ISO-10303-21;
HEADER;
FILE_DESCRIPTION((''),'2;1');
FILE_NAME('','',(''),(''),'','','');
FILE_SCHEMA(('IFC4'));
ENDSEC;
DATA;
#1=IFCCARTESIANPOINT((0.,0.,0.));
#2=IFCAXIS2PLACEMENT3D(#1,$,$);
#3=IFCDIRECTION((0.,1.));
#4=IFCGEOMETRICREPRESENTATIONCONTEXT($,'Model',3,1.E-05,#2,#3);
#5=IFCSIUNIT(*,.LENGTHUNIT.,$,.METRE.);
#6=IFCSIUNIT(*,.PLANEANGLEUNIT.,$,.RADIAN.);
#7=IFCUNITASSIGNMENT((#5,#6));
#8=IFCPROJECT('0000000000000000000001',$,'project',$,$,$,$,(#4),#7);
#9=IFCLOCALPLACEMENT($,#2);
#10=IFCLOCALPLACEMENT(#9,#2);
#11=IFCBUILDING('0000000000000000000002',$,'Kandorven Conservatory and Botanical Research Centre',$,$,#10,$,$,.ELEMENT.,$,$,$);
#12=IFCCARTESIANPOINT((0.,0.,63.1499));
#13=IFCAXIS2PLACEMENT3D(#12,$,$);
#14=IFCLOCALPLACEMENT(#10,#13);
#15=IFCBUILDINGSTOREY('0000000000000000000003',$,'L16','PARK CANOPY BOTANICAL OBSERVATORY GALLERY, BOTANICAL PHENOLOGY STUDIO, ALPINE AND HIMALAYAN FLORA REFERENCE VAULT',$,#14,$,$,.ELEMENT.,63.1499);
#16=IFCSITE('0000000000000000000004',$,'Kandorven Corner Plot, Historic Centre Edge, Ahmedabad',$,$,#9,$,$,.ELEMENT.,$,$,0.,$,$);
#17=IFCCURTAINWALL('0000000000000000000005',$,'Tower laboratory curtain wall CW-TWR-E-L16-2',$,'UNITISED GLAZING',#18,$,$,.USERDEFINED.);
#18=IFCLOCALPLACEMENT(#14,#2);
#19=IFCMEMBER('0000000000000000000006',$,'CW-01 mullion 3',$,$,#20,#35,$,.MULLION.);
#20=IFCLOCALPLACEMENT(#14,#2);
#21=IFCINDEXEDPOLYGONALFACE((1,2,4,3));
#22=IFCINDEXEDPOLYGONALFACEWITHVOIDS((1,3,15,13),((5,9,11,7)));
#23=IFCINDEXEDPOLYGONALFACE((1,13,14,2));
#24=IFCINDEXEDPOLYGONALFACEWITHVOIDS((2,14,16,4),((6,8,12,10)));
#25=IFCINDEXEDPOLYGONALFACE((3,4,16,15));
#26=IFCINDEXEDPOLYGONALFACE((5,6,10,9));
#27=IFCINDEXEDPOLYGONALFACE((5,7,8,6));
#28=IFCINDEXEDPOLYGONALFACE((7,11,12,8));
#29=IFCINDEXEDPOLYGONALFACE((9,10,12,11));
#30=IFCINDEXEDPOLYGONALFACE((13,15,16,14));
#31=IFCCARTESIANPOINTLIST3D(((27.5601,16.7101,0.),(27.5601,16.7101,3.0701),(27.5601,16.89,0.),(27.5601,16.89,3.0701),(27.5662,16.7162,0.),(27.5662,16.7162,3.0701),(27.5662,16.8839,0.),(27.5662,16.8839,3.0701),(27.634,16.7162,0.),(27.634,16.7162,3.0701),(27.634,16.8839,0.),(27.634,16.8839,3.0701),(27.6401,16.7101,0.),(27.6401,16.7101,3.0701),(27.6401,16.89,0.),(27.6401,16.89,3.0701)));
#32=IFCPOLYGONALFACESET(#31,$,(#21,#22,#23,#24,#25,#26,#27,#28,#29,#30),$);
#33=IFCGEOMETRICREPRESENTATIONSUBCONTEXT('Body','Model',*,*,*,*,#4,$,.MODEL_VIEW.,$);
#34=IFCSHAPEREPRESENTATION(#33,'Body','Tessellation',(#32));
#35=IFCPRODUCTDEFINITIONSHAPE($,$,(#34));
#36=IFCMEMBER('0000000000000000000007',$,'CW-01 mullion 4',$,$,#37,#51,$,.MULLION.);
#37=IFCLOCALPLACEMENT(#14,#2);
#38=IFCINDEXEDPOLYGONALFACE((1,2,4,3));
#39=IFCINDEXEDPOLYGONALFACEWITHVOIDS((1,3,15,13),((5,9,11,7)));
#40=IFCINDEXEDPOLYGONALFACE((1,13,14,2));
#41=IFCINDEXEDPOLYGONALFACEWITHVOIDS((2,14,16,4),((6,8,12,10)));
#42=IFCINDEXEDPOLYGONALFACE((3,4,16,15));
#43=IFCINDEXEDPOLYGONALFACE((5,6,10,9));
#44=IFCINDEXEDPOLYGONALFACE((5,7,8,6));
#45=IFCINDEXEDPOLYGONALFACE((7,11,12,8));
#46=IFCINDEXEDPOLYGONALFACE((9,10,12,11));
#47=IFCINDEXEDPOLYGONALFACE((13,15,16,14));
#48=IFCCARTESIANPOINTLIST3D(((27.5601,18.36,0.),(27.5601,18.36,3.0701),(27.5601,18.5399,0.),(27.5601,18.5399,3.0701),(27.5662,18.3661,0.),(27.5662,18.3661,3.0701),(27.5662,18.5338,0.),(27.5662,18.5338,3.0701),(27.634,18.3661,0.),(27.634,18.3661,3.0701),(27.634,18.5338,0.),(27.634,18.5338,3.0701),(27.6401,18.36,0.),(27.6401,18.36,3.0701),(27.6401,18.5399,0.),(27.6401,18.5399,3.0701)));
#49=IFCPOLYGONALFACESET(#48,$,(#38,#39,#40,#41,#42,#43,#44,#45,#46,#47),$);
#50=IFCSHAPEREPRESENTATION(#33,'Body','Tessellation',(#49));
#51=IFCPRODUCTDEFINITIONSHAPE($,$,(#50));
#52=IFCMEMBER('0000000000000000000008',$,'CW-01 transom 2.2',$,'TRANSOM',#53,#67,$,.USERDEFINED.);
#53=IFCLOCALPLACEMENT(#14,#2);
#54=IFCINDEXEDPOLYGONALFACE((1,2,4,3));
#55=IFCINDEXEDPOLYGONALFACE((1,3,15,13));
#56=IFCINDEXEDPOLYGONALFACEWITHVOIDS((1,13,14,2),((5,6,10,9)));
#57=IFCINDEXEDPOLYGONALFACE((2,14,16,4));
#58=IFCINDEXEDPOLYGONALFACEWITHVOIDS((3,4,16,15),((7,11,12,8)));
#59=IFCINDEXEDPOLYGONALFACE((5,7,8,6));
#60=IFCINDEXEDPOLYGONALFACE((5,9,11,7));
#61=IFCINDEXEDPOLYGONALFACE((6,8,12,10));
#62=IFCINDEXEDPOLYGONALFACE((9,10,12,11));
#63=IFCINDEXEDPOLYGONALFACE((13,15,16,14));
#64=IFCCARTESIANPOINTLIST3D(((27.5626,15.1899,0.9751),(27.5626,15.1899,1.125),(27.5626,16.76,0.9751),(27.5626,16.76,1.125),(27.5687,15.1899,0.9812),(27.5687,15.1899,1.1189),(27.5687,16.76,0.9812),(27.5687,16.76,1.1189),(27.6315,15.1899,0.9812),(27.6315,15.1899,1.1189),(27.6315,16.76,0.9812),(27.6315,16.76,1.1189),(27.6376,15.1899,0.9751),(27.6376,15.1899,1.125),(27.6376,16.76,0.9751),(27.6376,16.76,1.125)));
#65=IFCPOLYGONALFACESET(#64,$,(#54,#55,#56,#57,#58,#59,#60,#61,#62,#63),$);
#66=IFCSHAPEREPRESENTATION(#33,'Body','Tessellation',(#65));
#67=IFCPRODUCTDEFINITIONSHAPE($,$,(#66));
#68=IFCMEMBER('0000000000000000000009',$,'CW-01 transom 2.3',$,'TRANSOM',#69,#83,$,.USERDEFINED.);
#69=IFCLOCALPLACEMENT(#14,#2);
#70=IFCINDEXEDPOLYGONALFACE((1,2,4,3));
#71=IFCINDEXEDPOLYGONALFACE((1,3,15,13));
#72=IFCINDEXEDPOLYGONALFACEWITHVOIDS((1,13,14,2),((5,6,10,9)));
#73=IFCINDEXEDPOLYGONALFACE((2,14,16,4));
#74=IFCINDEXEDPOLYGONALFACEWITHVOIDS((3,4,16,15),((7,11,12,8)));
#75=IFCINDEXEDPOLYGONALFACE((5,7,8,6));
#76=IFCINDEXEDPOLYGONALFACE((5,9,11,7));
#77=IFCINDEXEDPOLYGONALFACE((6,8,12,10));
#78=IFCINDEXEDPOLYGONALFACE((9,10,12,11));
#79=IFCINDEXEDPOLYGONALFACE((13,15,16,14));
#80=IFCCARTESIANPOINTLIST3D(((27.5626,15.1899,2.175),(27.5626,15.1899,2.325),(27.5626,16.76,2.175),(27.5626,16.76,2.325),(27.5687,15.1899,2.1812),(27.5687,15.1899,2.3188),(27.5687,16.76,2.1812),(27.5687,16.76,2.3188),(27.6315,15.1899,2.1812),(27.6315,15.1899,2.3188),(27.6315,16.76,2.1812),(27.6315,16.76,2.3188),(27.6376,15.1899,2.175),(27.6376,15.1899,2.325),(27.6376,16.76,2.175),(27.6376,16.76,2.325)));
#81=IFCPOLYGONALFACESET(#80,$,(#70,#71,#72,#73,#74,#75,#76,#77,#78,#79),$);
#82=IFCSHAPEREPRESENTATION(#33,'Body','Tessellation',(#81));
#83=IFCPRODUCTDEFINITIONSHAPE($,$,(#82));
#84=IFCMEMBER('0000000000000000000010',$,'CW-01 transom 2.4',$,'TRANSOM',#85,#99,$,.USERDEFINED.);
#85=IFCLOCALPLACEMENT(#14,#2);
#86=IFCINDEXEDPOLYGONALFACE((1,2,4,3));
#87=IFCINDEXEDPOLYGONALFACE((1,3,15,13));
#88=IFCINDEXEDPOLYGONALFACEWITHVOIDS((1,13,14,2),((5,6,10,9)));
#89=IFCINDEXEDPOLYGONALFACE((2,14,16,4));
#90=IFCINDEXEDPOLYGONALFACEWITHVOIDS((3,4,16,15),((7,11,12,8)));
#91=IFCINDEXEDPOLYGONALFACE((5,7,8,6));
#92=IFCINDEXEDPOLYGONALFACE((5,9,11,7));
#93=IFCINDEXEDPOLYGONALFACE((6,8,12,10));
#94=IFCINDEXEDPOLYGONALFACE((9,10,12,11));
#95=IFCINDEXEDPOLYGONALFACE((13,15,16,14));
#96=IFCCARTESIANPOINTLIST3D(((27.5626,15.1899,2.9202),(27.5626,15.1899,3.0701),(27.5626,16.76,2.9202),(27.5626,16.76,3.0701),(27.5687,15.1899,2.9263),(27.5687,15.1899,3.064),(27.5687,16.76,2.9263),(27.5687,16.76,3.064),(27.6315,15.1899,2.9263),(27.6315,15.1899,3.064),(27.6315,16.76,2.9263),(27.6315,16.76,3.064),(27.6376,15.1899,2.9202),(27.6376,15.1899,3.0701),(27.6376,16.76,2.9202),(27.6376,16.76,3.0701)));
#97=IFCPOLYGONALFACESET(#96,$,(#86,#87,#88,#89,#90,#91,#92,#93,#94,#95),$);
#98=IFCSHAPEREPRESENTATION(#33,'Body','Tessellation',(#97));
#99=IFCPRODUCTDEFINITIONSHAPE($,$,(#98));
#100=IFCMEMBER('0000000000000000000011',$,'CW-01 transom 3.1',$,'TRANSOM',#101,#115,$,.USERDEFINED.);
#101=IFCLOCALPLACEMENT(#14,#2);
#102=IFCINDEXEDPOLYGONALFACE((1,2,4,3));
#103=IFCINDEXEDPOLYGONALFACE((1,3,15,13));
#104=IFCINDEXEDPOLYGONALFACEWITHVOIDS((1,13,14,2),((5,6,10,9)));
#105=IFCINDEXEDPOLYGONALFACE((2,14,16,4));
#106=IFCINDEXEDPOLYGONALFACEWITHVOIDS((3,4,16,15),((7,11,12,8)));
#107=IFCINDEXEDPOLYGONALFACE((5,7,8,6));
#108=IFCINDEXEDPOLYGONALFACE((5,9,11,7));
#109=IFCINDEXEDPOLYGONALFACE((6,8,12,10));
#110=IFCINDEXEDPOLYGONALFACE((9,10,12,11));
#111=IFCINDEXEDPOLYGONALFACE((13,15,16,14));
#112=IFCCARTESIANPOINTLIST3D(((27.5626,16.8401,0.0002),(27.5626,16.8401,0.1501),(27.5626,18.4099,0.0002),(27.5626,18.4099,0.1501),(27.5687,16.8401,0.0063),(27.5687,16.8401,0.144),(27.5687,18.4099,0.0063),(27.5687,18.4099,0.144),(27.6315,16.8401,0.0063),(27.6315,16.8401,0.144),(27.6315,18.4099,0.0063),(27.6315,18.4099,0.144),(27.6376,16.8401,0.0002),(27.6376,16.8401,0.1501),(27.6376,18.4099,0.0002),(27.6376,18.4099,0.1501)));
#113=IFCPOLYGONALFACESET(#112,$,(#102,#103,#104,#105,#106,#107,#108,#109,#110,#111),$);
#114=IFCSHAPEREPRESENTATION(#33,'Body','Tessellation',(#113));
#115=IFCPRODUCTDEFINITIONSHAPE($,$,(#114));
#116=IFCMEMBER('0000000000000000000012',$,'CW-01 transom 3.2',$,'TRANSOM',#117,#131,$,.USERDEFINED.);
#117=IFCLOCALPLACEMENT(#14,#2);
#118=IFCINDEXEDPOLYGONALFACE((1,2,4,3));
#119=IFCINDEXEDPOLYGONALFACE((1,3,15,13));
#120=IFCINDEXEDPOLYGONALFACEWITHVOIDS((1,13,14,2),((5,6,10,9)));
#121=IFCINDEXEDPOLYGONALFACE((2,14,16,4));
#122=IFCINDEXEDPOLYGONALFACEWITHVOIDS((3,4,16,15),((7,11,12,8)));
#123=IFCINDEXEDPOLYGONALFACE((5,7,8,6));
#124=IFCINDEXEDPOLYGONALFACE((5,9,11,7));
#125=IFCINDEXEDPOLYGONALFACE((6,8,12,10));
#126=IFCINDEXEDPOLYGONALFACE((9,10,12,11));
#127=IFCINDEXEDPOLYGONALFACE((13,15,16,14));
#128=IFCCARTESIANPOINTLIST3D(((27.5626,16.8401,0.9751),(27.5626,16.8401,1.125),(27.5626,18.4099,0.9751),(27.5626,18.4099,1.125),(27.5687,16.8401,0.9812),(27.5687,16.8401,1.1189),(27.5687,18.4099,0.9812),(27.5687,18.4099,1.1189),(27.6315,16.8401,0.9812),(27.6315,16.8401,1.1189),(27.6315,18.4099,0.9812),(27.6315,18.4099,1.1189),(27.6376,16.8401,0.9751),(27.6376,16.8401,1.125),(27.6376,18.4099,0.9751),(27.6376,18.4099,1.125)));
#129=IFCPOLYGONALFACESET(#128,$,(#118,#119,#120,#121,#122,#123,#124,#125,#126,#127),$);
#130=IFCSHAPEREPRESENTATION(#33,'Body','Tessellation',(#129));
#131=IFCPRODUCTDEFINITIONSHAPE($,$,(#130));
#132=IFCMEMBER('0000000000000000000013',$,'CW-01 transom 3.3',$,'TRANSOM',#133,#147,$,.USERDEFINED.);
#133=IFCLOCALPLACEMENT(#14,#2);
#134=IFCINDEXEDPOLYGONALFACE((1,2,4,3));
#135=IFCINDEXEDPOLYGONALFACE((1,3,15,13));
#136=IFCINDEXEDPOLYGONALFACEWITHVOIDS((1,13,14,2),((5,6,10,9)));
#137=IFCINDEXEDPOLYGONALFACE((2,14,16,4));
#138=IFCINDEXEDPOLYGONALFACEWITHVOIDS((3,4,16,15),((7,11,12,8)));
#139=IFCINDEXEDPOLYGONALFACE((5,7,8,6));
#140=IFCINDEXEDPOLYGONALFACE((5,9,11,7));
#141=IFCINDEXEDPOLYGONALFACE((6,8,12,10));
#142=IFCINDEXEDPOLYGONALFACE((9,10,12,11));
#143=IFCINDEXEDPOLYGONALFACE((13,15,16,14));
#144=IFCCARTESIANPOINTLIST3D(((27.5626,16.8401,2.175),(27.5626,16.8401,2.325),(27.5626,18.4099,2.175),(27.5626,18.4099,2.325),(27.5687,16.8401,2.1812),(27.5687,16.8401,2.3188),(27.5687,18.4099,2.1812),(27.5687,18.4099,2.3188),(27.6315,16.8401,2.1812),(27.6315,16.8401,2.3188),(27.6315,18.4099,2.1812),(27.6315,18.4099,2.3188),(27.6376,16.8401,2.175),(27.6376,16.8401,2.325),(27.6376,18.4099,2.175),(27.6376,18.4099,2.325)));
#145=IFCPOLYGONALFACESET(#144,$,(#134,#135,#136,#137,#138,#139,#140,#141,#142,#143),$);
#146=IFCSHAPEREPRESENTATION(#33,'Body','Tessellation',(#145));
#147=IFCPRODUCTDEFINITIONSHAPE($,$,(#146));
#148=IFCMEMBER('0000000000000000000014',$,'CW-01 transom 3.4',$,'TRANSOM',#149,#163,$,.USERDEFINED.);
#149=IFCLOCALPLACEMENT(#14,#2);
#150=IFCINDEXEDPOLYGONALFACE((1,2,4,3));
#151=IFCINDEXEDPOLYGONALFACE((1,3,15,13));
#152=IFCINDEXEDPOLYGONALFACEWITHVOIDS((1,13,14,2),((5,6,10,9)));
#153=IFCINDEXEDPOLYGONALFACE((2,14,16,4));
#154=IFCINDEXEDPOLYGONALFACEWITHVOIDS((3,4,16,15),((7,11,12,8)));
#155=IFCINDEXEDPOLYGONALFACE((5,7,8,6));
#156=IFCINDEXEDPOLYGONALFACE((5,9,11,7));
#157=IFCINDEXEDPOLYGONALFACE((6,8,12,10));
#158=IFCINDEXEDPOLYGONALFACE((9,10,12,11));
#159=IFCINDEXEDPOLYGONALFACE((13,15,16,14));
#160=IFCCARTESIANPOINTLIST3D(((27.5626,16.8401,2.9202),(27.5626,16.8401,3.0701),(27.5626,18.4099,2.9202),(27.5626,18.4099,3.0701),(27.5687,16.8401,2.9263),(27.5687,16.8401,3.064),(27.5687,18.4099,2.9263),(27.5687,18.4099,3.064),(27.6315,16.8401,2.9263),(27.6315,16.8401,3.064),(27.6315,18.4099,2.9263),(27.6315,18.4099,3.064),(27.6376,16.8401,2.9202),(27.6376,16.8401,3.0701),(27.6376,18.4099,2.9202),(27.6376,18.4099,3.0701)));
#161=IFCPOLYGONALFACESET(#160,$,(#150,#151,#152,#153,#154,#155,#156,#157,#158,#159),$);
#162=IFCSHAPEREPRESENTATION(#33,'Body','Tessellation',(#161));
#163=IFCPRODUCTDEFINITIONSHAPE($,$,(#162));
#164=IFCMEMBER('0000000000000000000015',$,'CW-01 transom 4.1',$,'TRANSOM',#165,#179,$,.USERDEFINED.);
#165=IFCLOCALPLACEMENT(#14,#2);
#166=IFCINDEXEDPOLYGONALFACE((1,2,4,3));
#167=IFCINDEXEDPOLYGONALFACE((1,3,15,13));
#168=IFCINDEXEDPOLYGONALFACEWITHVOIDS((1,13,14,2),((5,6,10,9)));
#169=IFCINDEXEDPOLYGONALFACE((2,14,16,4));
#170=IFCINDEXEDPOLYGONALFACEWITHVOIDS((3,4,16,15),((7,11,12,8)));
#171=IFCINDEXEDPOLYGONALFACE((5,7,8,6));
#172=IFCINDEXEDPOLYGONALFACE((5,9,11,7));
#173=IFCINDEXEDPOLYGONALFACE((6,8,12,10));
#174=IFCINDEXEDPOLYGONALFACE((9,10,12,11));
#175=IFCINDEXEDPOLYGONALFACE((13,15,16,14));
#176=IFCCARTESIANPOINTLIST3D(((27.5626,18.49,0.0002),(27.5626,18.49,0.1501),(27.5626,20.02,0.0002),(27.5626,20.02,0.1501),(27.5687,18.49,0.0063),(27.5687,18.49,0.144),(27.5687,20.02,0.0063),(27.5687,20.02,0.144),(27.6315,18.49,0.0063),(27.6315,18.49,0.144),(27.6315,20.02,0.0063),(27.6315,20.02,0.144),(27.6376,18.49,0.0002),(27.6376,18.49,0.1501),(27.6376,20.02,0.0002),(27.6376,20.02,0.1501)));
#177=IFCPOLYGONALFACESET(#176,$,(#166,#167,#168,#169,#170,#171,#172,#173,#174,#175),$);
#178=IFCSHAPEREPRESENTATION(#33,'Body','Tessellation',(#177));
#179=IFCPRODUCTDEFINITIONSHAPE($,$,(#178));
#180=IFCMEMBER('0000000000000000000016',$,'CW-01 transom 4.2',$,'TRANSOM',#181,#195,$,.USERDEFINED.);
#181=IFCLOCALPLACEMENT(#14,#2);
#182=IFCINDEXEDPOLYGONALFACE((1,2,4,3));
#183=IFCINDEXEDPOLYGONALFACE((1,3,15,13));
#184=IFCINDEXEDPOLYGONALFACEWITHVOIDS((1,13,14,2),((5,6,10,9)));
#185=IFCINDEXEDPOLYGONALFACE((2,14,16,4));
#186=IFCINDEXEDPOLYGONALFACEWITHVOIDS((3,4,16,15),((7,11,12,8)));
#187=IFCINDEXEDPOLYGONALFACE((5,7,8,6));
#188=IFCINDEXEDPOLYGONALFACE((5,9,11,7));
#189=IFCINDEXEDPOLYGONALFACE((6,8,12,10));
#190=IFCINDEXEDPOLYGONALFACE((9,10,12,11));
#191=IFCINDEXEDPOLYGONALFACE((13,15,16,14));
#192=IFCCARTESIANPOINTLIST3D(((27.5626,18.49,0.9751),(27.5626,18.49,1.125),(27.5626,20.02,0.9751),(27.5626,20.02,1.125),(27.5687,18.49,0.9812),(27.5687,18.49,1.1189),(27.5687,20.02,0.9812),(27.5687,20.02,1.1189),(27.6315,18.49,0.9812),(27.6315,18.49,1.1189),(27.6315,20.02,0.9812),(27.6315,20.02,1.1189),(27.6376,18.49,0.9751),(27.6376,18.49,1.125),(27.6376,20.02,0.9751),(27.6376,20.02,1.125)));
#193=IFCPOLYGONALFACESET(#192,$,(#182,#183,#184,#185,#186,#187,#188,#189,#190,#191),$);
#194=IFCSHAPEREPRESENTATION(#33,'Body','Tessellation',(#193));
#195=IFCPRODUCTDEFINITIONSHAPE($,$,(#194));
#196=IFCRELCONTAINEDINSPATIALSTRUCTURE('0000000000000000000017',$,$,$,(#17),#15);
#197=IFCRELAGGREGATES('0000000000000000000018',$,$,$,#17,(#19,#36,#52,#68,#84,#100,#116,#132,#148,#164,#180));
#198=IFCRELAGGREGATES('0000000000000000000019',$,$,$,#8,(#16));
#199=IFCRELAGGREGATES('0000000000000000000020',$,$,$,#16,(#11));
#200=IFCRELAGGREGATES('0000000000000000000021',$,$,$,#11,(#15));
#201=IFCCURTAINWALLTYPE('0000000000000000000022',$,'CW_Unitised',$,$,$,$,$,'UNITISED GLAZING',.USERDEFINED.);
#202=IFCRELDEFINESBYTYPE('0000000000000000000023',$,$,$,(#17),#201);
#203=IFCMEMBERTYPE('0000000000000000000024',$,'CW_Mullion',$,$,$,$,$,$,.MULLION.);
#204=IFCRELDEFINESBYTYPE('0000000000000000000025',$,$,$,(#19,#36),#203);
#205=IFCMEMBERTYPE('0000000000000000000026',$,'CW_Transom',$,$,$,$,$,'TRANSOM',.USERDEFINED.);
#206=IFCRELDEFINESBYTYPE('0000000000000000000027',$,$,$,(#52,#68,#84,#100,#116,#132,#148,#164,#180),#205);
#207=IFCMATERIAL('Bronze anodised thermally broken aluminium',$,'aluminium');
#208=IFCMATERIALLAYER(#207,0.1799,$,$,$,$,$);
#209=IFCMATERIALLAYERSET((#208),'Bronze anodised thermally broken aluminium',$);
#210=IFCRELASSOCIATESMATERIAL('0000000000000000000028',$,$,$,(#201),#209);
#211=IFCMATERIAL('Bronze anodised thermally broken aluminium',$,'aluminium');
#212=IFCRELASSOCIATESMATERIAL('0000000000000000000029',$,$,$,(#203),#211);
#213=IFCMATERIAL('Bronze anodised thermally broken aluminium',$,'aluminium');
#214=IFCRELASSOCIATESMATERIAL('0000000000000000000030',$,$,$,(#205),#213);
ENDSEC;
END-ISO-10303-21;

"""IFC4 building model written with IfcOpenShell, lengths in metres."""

from ifc_helpers import new_model, si_unit, direction, frame, origin, origin_2d, place, context, subcontext, project, spatial, hollow_rectangle, extrude, material, layer, layer_set, material_profile, profile_set, type_object, element, aggregate, save


model = new_model("IFC4")

# Units and contexts
model_context = context("Model", 3, precision=1e-05, world=origin(), true_north=direction((0.0, 1.0)))
body_context = subcontext(model_context, "Body", "Model", "MODEL_VIEW")
ifc_project = project(units=[si_unit("LENGTHUNIT", "METRE"), si_unit("PLANEANGLEUNIT", "RADIAN")], contexts=[model_context])

# Site, building, storey
site_placement = place(None, origin())
site = spatial("IfcSite", under=ifc_project, at=site_placement, Name="Kandorven Corner Plot, Historic Centre Edge, Ahmedabad", CompositionType="ELEMENT", RefElevation=0.0)
building_placement = place(site_placement, origin())
building = spatial("IfcBuilding", under=site, at=building_placement, Name="Kandorven Conservatory and Botanical Research Centre", CompositionType="ELEMENT")
storey_placement = place(building_placement, frame((0.0, 0.0, 63.1499)))
storey = spatial("IfcBuildingStorey", under=building, at=storey_placement, Name="L16", Description="PARK CANOPY BOTANICAL OBSERVATORY GALLERY, BOTANICAL PHENOLOGY STUDIO, ALPINE AND HIMALAYAN FLORA REFERENCE VAULT", CompositionType="ELEMENT", Elevation=63.1499)

# Curtain wall, members
ifc_material_1 = material(Name="Bronze anodised thermally broken aluminium", Category="aluminium")
ifc_layer_1 = layer(ifc_material_1, 0.1799)
ifc_layer_set_1 = layer_set([ifc_layer_1], Name="Bronze anodised thermally broken aluminium")
curtain_wall_type = type_object("IfcCurtainWallType", Name="CW_Unitised", ElementType="UNITISED GLAZING", PredefinedType="USERDEFINED", material=ifc_layer_set_1)
curtain_wall_placement = place(storey_placement, origin())
curtain_wall = element("IfcCurtainWall", 1, at=curtain_wall_placement, inside=storey, type_object=curtain_wall_type, Name="Tower laboratory curtain wall CW-TWR-E-L16-2", ObjectType="UNITISED GLAZING", PredefinedType="USERDEFINED")
ifc_material_2 = material(Name="Bronze anodised thermally broken aluminium", Category="aluminium")
ifc_material_profile_1 = material_profile(ifc_material_2, hollow_rectangle(XDim=0.0801, YDim=0.1799, WallThickness=0.0061, at=origin_2d()))
ifc_profile_set_1 = profile_set([ifc_material_profile_1], Name="Bronze anodised thermally broken aluminium")
member_type_1 = type_object("IfcMemberType", Name="CW_Mullion", PredefinedType="MULLION", material=ifc_profile_set_1)
member_1_placement = place(storey_placement, frame((27.6001, 16.8, 0.0), z_axis=(0.0, 0.0, 1.0), x_axis=(-1.0, 0.0, 0.0)))
member_1 = element("IfcMember", 2, at=member_1_placement, type_object=member_type_1, Name="CW-01 mullion 3", PredefinedType="MULLION", context=body_context, shape_type="SweptSolid", body=[
    extrude(hollow_rectangle(XDim=0.0801, YDim=0.1799, WallThickness=0.0061, at=origin_2d()), origin(), (0.0, 0.0, 1.0), 3.0701),
])
member_2_placement = place(storey_placement, frame((27.6001, 18.45, 0.0), z_axis=(0.0, 0.0, 1.0), x_axis=(-1.0, 0.0, 0.0)))
member_2 = element("IfcMember", 3, at=member_2_placement, type_object=member_type_1, Name="CW-01 mullion 4", PredefinedType="MULLION", context=body_context, shape_type="SweptSolid", body=[
    extrude(hollow_rectangle(XDim=0.0801, YDim=0.1799, WallThickness=0.0061, at=origin_2d()), origin(), (0.0, 0.0, 1.0), 3.0701),
])
ifc_material_3 = material(Name="Bronze anodised thermally broken aluminium", Category="aluminium")
ifc_material_profile_2 = material_profile(ifc_material_3, hollow_rectangle(XDim=0.075, YDim=0.1499, WallThickness=0.0061, at=origin_2d()))
ifc_profile_set_2 = profile_set([ifc_material_profile_2], Name="Bronze anodised thermally broken aluminium")
member_type_2 = type_object("IfcMemberType", Name="CW_Transom", ElementType="TRANSOM", PredefinedType="USERDEFINED", material=ifc_profile_set_2)
member_3_placement = place(storey_placement, frame((27.6001, 15.1899, 1.05), z_axis=(0.0, 1.0, 0.0), x_axis=(-1.0, 0.0, 0.0)))
member_3 = element("IfcMember", 4, at=member_3_placement, type_object=member_type_2, Name="CW-01 transom 2.2", ObjectType="TRANSOM", PredefinedType="USERDEFINED", context=body_context, shape_type="SweptSolid", body=[
    extrude(hollow_rectangle(XDim=0.075, YDim=0.1499, WallThickness=0.0061, at=origin_2d()), origin(), (0.0, 0.0, 1.0), 1.5701),
])
member_4_placement = place(storey_placement, frame((27.6001, 15.1899, 2.25), z_axis=(0.0, 1.0, 0.0), x_axis=(-1.0, 0.0, 0.0)))
member_4 = element("IfcMember", 5, at=member_4_placement, type_object=member_type_2, Name="CW-01 transom 2.3", ObjectType="TRANSOM", PredefinedType="USERDEFINED", context=body_context, shape_type="SweptSolid", body=[
    extrude(hollow_rectangle(XDim=0.075, YDim=0.1499, WallThickness=0.0061, at=origin_2d()), origin(), (0.0, 0.0, 1.0), 1.5701),
])
member_5_placement = place(storey_placement, frame((27.6001, 15.1899, 2.9951), z_axis=(0.0, 1.0, 0.0), x_axis=(-1.0, 0.0, 0.0)))
member_5 = element("IfcMember", 6, at=member_5_placement, type_object=member_type_2, Name="CW-01 transom 2.4", ObjectType="TRANSOM", PredefinedType="USERDEFINED", context=body_context, shape_type="SweptSolid", body=[
    extrude(hollow_rectangle(XDim=0.075, YDim=0.1499, WallThickness=0.0061, at=origin_2d()), origin(), (0.0, 0.0, 1.0), 1.5701),
])
member_6_placement = place(storey_placement, frame((27.6001, 16.8401, 0.0752), z_axis=(0.0, 1.0, 0.0), x_axis=(-1.0, 0.0, 0.0)))
member_6 = element("IfcMember", 7, at=member_6_placement, type_object=member_type_2, Name="CW-01 transom 3.1", ObjectType="TRANSOM", PredefinedType="USERDEFINED", context=body_context, shape_type="SweptSolid", body=[
    extrude(hollow_rectangle(XDim=0.075, YDim=0.1499, WallThickness=0.0061, at=origin_2d()), origin(), (0.0, 0.0, 1.0), 1.5698),
])
member_7_placement = place(storey_placement, frame((27.6001, 16.8401, 1.05), z_axis=(0.0, 1.0, 0.0), x_axis=(-1.0, 0.0, 0.0)))
member_7 = element("IfcMember", 8, at=member_7_placement, type_object=member_type_2, Name="CW-01 transom 3.2", ObjectType="TRANSOM", PredefinedType="USERDEFINED", context=body_context, shape_type="SweptSolid", body=[
    extrude(hollow_rectangle(XDim=0.075, YDim=0.1499, WallThickness=0.0061, at=origin_2d()), origin(), (0.0, 0.0, 1.0), 1.5698),
])
member_8_placement = place(storey_placement, frame((27.6001, 16.8401, 2.25), z_axis=(0.0, 1.0, 0.0), x_axis=(-1.0, 0.0, 0.0)))
member_8 = element("IfcMember", 9, at=member_8_placement, type_object=member_type_2, Name="CW-01 transom 3.3", ObjectType="TRANSOM", PredefinedType="USERDEFINED", context=body_context, shape_type="SweptSolid", body=[
    extrude(hollow_rectangle(XDim=0.075, YDim=0.1499, WallThickness=0.0061, at=origin_2d()), origin(), (0.0, 0.0, 1.0), 1.5698),
])
member_9_placement = place(storey_placement, frame((27.6001, 16.8401, 2.9951), z_axis=(0.0, 1.0, 0.0), x_axis=(-1.0, 0.0, 0.0)))
member_9 = element("IfcMember", 10, at=member_9_placement, type_object=member_type_2, Name="CW-01 transom 3.4", ObjectType="TRANSOM", PredefinedType="USERDEFINED", context=body_context, shape_type="SweptSolid", body=[
    extrude(hollow_rectangle(XDim=0.075, YDim=0.1499, WallThickness=0.0061, at=origin_2d()), origin(), (0.0, 0.0, 1.0), 1.5698),
])
member_10_placement = place(storey_placement, frame((27.6001, 18.49, 0.0752), z_axis=(0.0, 1.0, 0.0), x_axis=(-1.0, 0.0, 0.0)))
member_10 = element("IfcMember", 11, at=member_10_placement, type_object=member_type_2, Name="CW-01 transom 4.1", ObjectType="TRANSOM", PredefinedType="USERDEFINED", context=body_context, shape_type="SweptSolid", body=[
    extrude(hollow_rectangle(XDim=0.075, YDim=0.1499, WallThickness=0.0061, at=origin_2d()), origin(), (0.0, 0.0, 1.0), 1.53),
])
member_11_placement = place(storey_placement, frame((27.6001, 18.49, 1.05), z_axis=(0.0, 1.0, 0.0), x_axis=(-1.0, 0.0, 0.0)))
member_11 = element("IfcMember", 12, at=member_11_placement, type_object=member_type_2, Name="CW-01 transom 4.2", ObjectType="TRANSOM", PredefinedType="USERDEFINED", context=body_context, shape_type="SweptSolid", body=[
    extrude(hollow_rectangle(XDim=0.075, YDim=0.1499, WallThickness=0.0061, at=origin_2d()), origin(), (0.0, 0.0, 1.0), 1.53),
])
aggregate(curtain_wall, [member_1, member_2, member_3, member_4, member_5, member_6, member_7, member_8, member_9, member_10, member_11])

save(model, "model.ifc")
